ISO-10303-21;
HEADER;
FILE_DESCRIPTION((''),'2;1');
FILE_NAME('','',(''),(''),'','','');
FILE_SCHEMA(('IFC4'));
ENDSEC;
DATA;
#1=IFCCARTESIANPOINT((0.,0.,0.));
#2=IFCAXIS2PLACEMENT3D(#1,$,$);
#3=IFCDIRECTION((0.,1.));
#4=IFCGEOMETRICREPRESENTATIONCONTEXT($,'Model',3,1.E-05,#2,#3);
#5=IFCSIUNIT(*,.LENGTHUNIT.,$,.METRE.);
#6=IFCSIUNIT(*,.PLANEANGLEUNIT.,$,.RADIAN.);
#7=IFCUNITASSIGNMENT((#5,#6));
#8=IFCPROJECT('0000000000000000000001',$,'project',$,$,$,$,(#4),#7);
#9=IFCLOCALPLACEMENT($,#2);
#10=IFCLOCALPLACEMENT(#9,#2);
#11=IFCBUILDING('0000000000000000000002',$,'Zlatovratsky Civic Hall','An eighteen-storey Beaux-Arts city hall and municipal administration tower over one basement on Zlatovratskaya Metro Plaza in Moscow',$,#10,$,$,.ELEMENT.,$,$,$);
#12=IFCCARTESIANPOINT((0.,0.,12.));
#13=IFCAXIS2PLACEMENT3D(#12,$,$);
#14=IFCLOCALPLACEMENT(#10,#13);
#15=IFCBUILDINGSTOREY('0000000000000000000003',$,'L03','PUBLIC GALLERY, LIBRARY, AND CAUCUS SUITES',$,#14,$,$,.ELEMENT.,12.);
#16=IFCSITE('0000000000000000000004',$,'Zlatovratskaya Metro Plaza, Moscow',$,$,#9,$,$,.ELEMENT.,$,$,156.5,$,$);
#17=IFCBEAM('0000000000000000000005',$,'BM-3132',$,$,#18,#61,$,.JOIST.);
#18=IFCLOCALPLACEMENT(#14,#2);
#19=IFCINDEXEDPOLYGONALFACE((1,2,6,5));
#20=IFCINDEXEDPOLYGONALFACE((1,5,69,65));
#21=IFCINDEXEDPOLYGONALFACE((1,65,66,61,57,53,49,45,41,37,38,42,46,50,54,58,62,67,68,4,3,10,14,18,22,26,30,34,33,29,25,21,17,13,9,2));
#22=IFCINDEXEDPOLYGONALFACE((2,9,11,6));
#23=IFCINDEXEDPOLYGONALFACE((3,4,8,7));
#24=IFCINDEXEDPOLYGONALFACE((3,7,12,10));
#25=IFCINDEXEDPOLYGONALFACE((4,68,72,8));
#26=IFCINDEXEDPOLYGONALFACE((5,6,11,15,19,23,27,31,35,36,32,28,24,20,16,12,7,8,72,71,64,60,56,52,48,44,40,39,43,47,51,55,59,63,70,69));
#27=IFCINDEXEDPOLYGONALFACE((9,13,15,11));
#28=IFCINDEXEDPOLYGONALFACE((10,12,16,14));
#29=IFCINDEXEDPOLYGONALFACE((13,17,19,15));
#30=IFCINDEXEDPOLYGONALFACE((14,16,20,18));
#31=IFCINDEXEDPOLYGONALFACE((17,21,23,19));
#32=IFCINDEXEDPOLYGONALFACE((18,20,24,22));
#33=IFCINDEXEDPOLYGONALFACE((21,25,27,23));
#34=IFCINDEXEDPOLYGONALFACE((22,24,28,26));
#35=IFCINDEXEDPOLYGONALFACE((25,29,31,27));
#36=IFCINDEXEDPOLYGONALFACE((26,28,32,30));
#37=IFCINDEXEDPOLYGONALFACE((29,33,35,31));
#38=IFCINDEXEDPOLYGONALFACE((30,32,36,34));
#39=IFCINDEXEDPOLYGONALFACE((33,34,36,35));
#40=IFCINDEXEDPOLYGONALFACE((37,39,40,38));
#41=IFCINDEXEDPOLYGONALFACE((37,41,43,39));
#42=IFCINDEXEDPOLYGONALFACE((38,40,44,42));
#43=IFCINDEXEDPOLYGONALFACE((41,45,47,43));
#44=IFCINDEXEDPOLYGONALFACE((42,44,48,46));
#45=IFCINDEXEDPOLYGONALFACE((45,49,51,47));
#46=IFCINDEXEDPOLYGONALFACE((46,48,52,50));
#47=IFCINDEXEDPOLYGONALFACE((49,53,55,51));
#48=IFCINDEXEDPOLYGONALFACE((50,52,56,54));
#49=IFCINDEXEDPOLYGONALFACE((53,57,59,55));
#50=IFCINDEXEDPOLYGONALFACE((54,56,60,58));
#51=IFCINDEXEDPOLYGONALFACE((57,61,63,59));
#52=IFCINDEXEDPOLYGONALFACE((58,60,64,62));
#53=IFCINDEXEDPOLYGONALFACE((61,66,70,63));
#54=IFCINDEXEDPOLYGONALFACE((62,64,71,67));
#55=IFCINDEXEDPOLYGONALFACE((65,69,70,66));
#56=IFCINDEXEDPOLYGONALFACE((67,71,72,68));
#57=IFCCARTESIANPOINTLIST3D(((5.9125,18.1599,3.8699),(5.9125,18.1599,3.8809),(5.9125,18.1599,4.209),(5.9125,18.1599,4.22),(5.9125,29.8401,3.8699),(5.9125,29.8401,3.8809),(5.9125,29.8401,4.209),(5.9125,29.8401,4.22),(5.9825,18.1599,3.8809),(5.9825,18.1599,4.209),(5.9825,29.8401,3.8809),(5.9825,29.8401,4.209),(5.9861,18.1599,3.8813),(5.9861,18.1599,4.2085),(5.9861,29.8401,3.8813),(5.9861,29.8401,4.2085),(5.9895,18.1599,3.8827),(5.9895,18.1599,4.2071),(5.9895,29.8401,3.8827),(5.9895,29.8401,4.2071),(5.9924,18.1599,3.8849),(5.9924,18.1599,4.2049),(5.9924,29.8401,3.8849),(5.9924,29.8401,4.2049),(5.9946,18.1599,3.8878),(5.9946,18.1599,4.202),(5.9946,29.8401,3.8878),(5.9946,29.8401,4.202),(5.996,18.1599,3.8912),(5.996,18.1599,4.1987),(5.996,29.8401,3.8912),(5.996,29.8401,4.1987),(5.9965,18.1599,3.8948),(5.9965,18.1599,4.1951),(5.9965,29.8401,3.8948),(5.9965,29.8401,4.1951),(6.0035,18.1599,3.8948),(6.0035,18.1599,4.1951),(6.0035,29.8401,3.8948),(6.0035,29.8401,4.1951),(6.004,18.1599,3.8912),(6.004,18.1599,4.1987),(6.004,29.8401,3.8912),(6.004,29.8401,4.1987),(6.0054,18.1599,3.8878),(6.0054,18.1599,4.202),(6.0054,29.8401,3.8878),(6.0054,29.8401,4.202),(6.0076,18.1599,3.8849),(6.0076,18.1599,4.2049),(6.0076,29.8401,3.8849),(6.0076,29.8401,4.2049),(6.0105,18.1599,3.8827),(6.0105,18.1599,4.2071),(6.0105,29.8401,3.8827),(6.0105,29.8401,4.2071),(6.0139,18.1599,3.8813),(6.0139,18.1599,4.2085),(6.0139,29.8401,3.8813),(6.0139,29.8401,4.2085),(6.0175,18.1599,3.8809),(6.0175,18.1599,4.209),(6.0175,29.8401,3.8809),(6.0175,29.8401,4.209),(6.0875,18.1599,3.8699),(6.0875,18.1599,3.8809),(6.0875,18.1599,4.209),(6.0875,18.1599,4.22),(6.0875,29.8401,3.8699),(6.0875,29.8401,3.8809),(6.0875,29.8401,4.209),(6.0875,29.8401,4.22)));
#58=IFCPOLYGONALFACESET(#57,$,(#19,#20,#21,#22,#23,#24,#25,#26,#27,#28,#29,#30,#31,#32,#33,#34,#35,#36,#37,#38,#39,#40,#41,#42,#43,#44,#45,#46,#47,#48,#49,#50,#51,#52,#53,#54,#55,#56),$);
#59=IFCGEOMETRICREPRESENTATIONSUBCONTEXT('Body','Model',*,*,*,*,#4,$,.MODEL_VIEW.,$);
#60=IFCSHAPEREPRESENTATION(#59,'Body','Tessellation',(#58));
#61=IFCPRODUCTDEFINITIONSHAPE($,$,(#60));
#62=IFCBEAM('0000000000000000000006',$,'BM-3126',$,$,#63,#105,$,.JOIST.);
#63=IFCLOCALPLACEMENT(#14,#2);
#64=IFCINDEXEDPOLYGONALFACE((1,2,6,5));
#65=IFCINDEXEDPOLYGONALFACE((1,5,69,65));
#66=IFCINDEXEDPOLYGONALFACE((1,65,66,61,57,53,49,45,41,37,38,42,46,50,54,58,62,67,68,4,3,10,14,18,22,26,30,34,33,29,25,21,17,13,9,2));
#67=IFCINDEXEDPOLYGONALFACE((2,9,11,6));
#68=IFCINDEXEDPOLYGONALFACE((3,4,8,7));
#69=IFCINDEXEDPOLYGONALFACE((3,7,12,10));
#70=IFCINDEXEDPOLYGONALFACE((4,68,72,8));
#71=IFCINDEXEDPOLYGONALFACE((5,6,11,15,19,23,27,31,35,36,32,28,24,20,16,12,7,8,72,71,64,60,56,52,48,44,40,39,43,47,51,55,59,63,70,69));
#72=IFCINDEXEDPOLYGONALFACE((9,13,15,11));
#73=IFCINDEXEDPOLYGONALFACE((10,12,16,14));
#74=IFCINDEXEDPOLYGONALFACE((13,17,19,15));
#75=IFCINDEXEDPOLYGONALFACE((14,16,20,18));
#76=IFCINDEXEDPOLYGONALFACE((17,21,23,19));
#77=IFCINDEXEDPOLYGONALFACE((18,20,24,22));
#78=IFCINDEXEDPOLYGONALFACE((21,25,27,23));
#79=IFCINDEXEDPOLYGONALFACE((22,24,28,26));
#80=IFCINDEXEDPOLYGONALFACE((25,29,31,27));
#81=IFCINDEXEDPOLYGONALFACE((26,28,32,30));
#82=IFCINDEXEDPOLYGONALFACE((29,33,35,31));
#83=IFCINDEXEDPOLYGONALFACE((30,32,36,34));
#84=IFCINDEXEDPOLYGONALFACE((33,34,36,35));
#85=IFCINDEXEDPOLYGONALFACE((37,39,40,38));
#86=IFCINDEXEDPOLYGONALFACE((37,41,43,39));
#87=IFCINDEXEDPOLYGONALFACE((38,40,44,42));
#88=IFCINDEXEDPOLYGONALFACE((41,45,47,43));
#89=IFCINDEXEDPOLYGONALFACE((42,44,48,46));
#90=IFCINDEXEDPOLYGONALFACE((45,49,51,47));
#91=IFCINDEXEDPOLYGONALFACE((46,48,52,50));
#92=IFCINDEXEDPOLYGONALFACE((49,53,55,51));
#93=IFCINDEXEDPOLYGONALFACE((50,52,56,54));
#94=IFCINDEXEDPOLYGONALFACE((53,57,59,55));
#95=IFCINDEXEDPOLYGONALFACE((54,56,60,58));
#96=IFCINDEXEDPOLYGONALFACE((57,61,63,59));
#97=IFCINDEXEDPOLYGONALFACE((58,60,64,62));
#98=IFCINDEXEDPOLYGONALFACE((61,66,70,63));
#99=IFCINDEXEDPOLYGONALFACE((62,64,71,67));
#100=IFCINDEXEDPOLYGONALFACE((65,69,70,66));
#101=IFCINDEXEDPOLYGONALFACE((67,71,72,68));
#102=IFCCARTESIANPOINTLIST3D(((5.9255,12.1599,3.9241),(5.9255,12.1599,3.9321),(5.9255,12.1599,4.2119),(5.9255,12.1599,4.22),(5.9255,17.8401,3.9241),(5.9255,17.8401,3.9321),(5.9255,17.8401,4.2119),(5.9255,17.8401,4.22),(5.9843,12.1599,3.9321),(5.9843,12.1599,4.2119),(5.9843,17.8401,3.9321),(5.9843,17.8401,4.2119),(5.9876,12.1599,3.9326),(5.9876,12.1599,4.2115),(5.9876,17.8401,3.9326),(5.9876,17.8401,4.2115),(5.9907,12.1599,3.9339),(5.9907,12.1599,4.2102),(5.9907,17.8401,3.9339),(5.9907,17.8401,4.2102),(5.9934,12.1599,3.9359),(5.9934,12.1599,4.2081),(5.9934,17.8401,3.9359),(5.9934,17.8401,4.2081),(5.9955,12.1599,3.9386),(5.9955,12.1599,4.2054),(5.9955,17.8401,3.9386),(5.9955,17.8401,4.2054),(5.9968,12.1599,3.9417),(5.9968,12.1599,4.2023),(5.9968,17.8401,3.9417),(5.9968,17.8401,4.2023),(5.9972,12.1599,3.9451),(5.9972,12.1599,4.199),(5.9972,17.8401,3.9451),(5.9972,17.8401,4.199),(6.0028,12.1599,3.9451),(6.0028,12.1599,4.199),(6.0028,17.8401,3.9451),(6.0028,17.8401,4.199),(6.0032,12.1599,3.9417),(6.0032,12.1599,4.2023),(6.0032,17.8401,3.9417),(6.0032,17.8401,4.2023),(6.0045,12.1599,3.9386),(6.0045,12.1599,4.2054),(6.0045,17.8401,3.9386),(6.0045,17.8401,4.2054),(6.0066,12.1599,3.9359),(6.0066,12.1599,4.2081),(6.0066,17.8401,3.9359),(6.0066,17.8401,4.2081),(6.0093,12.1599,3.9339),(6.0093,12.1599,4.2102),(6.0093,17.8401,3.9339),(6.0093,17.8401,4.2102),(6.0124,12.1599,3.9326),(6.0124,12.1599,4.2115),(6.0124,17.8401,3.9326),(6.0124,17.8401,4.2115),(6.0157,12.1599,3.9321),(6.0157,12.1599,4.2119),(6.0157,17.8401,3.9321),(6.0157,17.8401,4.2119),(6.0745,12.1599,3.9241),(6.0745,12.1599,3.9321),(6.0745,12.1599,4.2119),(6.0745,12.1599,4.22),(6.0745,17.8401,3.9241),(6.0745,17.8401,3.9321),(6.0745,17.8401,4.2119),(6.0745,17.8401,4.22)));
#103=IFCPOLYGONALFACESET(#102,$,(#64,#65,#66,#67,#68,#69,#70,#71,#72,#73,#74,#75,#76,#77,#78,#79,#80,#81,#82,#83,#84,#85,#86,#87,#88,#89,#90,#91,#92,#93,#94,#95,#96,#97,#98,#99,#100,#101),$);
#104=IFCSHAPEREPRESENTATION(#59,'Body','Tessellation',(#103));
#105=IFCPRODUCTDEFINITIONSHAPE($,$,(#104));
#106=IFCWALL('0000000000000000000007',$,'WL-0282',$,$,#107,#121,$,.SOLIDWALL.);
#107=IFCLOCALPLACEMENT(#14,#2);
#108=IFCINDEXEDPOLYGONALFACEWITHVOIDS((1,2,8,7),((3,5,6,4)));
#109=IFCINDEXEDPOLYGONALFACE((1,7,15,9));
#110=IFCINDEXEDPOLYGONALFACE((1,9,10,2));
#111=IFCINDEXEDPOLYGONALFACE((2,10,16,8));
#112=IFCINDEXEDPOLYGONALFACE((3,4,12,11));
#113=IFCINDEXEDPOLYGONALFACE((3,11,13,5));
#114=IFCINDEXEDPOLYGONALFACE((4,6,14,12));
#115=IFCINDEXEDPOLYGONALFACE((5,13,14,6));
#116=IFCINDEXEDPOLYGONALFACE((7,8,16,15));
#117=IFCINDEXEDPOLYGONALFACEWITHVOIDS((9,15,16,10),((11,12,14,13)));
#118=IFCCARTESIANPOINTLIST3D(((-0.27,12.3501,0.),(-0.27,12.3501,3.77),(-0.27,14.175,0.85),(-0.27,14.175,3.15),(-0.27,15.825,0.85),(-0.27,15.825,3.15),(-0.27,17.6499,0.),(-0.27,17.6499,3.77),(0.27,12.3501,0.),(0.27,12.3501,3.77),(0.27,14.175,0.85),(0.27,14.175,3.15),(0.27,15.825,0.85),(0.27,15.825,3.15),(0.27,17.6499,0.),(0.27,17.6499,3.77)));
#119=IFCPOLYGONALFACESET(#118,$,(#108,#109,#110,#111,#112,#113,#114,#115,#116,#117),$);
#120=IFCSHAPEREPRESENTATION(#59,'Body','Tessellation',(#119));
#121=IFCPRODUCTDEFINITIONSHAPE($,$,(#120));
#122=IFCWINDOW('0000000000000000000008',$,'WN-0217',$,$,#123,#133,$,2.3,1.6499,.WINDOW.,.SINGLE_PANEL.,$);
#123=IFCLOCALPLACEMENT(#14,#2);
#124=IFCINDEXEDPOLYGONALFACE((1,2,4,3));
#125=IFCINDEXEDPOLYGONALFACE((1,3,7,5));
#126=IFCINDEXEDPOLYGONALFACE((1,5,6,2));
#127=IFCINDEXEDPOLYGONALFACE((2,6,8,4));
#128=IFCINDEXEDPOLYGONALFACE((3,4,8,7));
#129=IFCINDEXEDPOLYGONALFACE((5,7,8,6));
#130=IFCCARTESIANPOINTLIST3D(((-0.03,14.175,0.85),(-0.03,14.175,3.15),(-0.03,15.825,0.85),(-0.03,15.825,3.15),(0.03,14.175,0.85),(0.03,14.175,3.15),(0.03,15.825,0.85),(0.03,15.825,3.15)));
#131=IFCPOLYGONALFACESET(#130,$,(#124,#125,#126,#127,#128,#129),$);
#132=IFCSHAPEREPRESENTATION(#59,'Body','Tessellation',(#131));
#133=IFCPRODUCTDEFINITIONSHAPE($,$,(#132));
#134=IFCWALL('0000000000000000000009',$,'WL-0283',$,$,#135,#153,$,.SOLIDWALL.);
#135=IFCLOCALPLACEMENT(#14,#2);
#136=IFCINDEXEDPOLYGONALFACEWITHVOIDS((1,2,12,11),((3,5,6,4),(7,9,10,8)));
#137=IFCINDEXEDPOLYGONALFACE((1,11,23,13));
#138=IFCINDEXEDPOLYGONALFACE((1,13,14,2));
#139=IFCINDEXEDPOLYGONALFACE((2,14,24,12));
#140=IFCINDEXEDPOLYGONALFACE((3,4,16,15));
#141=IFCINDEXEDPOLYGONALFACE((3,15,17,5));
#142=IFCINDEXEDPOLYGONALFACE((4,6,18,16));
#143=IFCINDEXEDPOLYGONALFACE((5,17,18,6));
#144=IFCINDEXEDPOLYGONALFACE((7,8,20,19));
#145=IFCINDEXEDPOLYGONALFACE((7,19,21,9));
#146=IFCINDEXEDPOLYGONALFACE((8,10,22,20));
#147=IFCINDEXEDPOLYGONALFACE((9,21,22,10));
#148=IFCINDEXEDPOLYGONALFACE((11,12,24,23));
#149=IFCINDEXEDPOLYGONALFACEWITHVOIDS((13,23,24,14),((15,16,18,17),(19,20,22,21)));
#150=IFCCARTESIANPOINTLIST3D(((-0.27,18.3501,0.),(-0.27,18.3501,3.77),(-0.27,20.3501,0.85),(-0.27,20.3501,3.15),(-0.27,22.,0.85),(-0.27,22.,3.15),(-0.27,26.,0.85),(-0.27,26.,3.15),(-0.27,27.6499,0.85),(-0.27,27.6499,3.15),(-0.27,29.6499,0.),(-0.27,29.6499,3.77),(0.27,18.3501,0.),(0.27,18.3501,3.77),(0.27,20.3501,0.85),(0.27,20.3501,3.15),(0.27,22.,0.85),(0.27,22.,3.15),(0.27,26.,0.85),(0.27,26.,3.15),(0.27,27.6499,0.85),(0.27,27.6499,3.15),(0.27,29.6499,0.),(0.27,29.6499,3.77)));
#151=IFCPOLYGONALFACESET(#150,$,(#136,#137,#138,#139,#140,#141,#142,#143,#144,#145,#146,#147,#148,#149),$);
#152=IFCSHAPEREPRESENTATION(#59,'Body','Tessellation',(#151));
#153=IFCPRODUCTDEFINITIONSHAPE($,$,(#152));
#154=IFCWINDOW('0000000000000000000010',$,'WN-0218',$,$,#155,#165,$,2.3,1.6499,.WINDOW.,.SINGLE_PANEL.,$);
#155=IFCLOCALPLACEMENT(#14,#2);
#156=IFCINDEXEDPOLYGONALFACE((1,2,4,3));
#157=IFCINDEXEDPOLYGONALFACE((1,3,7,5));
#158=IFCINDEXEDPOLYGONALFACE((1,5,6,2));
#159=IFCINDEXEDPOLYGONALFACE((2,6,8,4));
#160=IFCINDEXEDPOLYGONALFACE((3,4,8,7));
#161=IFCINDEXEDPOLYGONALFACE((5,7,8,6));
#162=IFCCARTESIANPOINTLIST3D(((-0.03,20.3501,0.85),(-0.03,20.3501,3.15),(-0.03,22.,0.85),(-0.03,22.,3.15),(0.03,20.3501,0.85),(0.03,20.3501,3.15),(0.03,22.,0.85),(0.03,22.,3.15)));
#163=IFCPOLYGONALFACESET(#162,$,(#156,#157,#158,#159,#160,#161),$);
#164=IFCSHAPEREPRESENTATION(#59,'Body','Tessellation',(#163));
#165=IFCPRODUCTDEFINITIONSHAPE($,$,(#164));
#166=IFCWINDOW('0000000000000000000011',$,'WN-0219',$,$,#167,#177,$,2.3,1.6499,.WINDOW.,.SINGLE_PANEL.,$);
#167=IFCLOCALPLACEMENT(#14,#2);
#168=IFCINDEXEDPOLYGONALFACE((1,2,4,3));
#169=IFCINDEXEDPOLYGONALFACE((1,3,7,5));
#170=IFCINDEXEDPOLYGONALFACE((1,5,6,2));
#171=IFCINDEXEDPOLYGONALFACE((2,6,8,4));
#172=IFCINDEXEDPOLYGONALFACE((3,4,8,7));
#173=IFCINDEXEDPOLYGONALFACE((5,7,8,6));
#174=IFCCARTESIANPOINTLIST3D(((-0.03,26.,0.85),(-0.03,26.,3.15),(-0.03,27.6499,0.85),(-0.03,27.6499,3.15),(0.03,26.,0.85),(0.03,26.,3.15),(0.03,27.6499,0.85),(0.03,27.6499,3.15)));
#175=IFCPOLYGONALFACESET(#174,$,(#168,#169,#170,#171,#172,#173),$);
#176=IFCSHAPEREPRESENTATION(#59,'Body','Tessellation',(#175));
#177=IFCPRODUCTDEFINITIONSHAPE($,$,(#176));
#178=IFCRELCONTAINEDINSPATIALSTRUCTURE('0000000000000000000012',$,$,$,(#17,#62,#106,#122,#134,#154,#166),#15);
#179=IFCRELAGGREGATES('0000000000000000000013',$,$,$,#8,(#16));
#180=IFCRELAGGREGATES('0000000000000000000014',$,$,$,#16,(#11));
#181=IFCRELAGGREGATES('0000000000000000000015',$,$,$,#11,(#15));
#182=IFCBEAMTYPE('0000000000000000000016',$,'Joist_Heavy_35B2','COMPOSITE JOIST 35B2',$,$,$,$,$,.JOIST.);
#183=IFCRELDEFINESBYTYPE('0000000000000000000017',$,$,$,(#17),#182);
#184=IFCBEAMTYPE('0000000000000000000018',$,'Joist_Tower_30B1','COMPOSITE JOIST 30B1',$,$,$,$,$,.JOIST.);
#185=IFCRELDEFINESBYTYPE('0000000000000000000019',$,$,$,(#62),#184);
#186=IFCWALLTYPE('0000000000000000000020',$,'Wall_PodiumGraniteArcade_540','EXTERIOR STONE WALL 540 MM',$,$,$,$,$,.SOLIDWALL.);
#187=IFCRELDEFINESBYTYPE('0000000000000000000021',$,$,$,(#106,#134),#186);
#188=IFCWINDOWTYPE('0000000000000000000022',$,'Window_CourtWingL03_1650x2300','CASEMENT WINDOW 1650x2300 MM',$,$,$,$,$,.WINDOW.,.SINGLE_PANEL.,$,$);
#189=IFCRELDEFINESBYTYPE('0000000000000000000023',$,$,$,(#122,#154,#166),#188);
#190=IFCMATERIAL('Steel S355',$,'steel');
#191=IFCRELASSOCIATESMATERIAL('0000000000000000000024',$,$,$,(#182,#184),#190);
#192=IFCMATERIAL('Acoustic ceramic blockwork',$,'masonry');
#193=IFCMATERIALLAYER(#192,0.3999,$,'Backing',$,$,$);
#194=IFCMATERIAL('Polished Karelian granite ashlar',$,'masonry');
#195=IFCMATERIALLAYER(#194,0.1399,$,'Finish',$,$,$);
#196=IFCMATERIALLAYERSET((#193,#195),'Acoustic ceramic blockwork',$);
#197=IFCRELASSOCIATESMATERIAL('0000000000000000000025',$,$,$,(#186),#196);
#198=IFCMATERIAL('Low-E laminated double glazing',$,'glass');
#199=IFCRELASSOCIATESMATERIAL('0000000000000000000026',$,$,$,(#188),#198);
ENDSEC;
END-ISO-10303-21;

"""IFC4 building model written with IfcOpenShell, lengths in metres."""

from ifc_helpers import new_model, si_unit, direction, frame, frame_2d, origin, origin_2d, place, context, subcontext, project, spatial, rectangle, i_section, extrude, material, layer, layer_set, material_profile, profile_set, type_object, element, fill, save


model = new_model("IFC4")

# Units and contexts
model_context = context("Model", 3, precision=1e-05, world=origin(), true_north=direction((0.0, 1.0)))
body_context = subcontext(model_context, "Body", "Model", "MODEL_VIEW")
ifc_project = project(units=[si_unit("LENGTHUNIT", "METRE"), si_unit("PLANEANGLEUNIT", "RADIAN")], contexts=[model_context])

# Site, building, storey
site_placement = place(None, origin())
site = spatial("IfcSite", under=ifc_project, at=site_placement, Name="Zlatovratskaya Metro Plaza, Moscow", CompositionType="ELEMENT", RefElevation=156.5)
building_placement = place(site_placement, origin())
building = spatial("IfcBuilding", under=site, at=building_placement, Name="Zlatovratsky Civic Hall", Description="An eighteen-storey Beaux-Arts city hall and municipal administration tower over one basement on Zlatovratskaya Metro Plaza in Moscow", CompositionType="ELEMENT")
storey_placement = place(building_placement, frame((0.0, 0.0, 12.0)))
storey = spatial("IfcBuildingStorey", under=building, at=storey_placement, Name="L03", Description="PUBLIC GALLERY, LIBRARY, AND CAUCUS SUITES", CompositionType="ELEMENT", Elevation=12.0)

# Beams
ifc_material_1 = material(Name="Steel S355", Category="steel")
ifc_material_profile_1 = material_profile(ifc_material_1, i_section(OverallWidth=0.175, OverallDepth=0.3501, WebThickness=0.0071, FlangeThickness=0.011, FilletRadius=0.0139, at=origin_2d()), Name="35B2")
ifc_profile_set_1 = profile_set([ifc_material_profile_1], Name="Steel S355")
beam_type_1 = type_object("IfcBeamType", Name="Joist_Heavy_35B2", Description="COMPOSITE JOIST 35B2", PredefinedType="JOIST", material=ifc_profile_set_1)
beam_1_placement = place(storey_placement, frame((6.0, 18.1599, 4.0449), z_axis=(0.0, 1.0, 0.0), x_axis=(-1.0, 0.0, 0.0)))
element("IfcBeam", 1, at=beam_1_placement, inside=storey, type_object=beam_type_1, Name="BM-3132", PredefinedType="JOIST", context=body_context, shape_type="SweptSolid", body=[
    extrude(i_section(OverallWidth=0.175, OverallDepth=0.3501, WebThickness=0.0071, FlangeThickness=0.011, FilletRadius=0.0139, at=origin_2d()), origin(), (0.0, 0.0, 1.0), 11.6802),
])
ifc_material_profile_2 = material_profile(ifc_material_1, i_section(OverallWidth=0.1489, OverallDepth=0.2959, WebThickness=0.0056, FlangeThickness=0.0081, FilletRadius=0.0129, at=origin_2d()), Name="30B1")
ifc_profile_set_2 = profile_set([ifc_material_profile_2], Name="Steel S355")
beam_type_2 = type_object("IfcBeamType", Name="Joist_Tower_30B1", Description="COMPOSITE JOIST 30B1", PredefinedType="JOIST", material=ifc_profile_set_2)
beam_2_placement = place(storey_placement, frame((6.0, 12.1599, 4.072), z_axis=(0.0, 1.0, 0.0), x_axis=(-1.0, 0.0, 0.0)))
element("IfcBeam", 2, at=beam_2_placement, inside=storey, type_object=beam_type_2, Name="BM-3126", PredefinedType="JOIST", context=body_context, shape_type="SweptSolid", body=[
    extrude(i_section(OverallWidth=0.1489, OverallDepth=0.2959, WebThickness=0.0056, FlangeThickness=0.0081, FilletRadius=0.0129, at=origin_2d()), origin(), (0.0, 0.0, 1.0), 5.6802),
])

# Wall, opening, window
ifc_material_2 = material(Name="Acoustic ceramic blockwork", Category="masonry")
ifc_layer_1 = layer(ifc_material_2, 0.3999, Name="Backing")
ifc_material_3 = material(Name="Polished Karelian granite ashlar", Category="masonry")
ifc_layer_2 = layer(ifc_material_3, 0.1399, Name="Finish")
ifc_layer_set_1 = layer_set([ifc_layer_1, ifc_layer_2], Name="Acoustic ceramic blockwork")
wall_type_1 = type_object("IfcWallType", Name="Wall_PodiumGraniteArcade_540", Description="EXTERIOR STONE WALL 540 MM", PredefinedType="SOLIDWALL", material=ifc_layer_set_1)
wall_1_placement = place(storey_placement, frame((0.0, 12.3501, 0.0), z_axis=(0.0, 0.0, 1.0), x_axis=(0.0, 1.0, 0.0)))
wall_1 = element("IfcWall", 3, at=wall_1_placement, inside=storey, type_object=wall_type_1, Name="WL-0282", PredefinedType="SOLIDWALL", context=body_context, shape_type="SweptSolid", body=[
    extrude(rectangle(XDim=5.2998, YDim=0.54, at=frame_2d((2.6499, 0.0))), origin(), (0.0, 0.0, 1.0), 3.77),
])
opening_1_placement = place(wall_1_placement, frame((1.825, 0.0, 0.8501)))
opening_1 = element("IfcOpeningElement", 4, at=opening_1_placement, cuts=wall_1, PredefinedType="OPENING", context=body_context, shape_type="SweptSolid", body=[
    extrude(rectangle(XDim=1.6499, YDim=2.3, at=frame_2d((0.825, 1.1499))), frame((0.0, 0.2849, 0.0), z_axis=(0.0, -1.0, 0.0), x_axis=(1.0, 0.0, 0.0)), (0.0, 0.0, 1.0), 0.5698),
])
ifc_material_4 = material(Name="Low-E laminated double glazing", Category="glass")
window_type = type_object("IfcWindowType", Name="Window_CourtWingL03_1650x2300", Description="CASEMENT WINDOW 1650x2300 MM", PartitioningType="SINGLE_PANEL", PredefinedType="WINDOW", material=ifc_material_4)
window_1_placement = place(opening_1_placement, origin())
window_1 = element("IfcWindow", 5, at=window_1_placement, inside=storey, type_object=window_type, Name="WN-0217", OverallHeight=2.3, OverallWidth=1.6499, PartitioningType="SINGLE_PANEL", PredefinedType="WINDOW", context=body_context, shape_type="SweptSolid", body=[
    extrude(rectangle(XDim=1.6499, YDim=2.3, at=frame_2d((0.825, 1.1499))), frame((0.0, 0.03, 0.0), z_axis=(0.0, -1.0, 0.0), x_axis=(1.0, 0.0, 0.0)), (0.0, 0.0, 1.0), 0.0601),
])
fill(opening_1, window_1)

# Wall, openings, windows
wall_2_placement = place(storey_placement, frame((0.0, 18.3501, 0.0), z_axis=(0.0, 0.0, 1.0), x_axis=(0.0, 1.0, 0.0)))
wall_2 = element("IfcWall", 6, at=wall_2_placement, inside=storey, type_object=wall_type_1, Name="WL-0283", PredefinedType="SOLIDWALL", context=body_context, shape_type="SweptSolid", body=[
    extrude(rectangle(XDim=11.2998, YDim=0.54, at=frame_2d((5.6499, 0.0))), origin(), (0.0, 0.0, 1.0), 3.77),
])
opening_2_placement = place(wall_2_placement, frame((2.0, 0.0, 0.8501)))
opening_2 = element("IfcOpeningElement", 7, at=opening_2_placement, cuts=wall_2, PredefinedType="OPENING", context=body_context, shape_type="SweptSolid", body=[
    extrude(rectangle(XDim=1.6499, YDim=2.3, at=frame_2d((0.825, 1.1499))), frame((0.0, 0.2849, 0.0), z_axis=(0.0, -1.0, 0.0), x_axis=(1.0, 0.0, 0.0)), (0.0, 0.0, 1.0), 0.5698),
])
opening_3_placement = place(wall_2_placement, frame((7.6499, 0.0, 0.8501)))
opening_3 = element("IfcOpeningElement", 8, at=opening_3_placement, cuts=wall_2, PredefinedType="OPENING", context=body_context, shape_type="SweptSolid", body=[
    extrude(rectangle(XDim=1.6499, YDim=2.3, at=frame_2d((0.825, 1.1499))), frame((0.0, 0.2849, 0.0), z_axis=(0.0, -1.0, 0.0), x_axis=(1.0, 0.0, 0.0)), (0.0, 0.0, 1.0), 0.5698),
])
window_2_placement = place(opening_2_placement, origin())
window_2 = element("IfcWindow", 9, at=window_2_placement, inside=storey, type_object=window_type, Name="WN-0218", OverallHeight=2.3, OverallWidth=1.6499, PartitioningType="SINGLE_PANEL", PredefinedType="WINDOW", context=body_context, shape_type="SweptSolid", body=[
    extrude(rectangle(XDim=1.6499, YDim=2.3, at=frame_2d((0.825, 1.1499))), frame((0.0, 0.03, 0.0), z_axis=(0.0, -1.0, 0.0), x_axis=(1.0, 0.0, 0.0)), (0.0, 0.0, 1.0), 0.0601),
])
fill(opening_2, window_2)
window_3_placement = place(opening_3_placement, origin())
window_3 = element("IfcWindow", 10, at=window_3_placement, inside=storey, type_object=window_type, Name="WN-0219", OverallHeight=2.3, OverallWidth=1.6499, PartitioningType="SINGLE_PANEL", PredefinedType="WINDOW", context=body_context, shape_type="SweptSolid", body=[
    extrude(rectangle(XDim=1.6499, YDim=2.3, at=frame_2d((0.825, 1.1499))), frame((0.0, 0.03, 0.0), z_axis=(0.0, -1.0, 0.0), x_axis=(1.0, 0.0, 0.0)), (0.0, 0.0, 1.0), 0.0601),
])
fill(opening_3, window_3)

save(model, "model.ifc")
